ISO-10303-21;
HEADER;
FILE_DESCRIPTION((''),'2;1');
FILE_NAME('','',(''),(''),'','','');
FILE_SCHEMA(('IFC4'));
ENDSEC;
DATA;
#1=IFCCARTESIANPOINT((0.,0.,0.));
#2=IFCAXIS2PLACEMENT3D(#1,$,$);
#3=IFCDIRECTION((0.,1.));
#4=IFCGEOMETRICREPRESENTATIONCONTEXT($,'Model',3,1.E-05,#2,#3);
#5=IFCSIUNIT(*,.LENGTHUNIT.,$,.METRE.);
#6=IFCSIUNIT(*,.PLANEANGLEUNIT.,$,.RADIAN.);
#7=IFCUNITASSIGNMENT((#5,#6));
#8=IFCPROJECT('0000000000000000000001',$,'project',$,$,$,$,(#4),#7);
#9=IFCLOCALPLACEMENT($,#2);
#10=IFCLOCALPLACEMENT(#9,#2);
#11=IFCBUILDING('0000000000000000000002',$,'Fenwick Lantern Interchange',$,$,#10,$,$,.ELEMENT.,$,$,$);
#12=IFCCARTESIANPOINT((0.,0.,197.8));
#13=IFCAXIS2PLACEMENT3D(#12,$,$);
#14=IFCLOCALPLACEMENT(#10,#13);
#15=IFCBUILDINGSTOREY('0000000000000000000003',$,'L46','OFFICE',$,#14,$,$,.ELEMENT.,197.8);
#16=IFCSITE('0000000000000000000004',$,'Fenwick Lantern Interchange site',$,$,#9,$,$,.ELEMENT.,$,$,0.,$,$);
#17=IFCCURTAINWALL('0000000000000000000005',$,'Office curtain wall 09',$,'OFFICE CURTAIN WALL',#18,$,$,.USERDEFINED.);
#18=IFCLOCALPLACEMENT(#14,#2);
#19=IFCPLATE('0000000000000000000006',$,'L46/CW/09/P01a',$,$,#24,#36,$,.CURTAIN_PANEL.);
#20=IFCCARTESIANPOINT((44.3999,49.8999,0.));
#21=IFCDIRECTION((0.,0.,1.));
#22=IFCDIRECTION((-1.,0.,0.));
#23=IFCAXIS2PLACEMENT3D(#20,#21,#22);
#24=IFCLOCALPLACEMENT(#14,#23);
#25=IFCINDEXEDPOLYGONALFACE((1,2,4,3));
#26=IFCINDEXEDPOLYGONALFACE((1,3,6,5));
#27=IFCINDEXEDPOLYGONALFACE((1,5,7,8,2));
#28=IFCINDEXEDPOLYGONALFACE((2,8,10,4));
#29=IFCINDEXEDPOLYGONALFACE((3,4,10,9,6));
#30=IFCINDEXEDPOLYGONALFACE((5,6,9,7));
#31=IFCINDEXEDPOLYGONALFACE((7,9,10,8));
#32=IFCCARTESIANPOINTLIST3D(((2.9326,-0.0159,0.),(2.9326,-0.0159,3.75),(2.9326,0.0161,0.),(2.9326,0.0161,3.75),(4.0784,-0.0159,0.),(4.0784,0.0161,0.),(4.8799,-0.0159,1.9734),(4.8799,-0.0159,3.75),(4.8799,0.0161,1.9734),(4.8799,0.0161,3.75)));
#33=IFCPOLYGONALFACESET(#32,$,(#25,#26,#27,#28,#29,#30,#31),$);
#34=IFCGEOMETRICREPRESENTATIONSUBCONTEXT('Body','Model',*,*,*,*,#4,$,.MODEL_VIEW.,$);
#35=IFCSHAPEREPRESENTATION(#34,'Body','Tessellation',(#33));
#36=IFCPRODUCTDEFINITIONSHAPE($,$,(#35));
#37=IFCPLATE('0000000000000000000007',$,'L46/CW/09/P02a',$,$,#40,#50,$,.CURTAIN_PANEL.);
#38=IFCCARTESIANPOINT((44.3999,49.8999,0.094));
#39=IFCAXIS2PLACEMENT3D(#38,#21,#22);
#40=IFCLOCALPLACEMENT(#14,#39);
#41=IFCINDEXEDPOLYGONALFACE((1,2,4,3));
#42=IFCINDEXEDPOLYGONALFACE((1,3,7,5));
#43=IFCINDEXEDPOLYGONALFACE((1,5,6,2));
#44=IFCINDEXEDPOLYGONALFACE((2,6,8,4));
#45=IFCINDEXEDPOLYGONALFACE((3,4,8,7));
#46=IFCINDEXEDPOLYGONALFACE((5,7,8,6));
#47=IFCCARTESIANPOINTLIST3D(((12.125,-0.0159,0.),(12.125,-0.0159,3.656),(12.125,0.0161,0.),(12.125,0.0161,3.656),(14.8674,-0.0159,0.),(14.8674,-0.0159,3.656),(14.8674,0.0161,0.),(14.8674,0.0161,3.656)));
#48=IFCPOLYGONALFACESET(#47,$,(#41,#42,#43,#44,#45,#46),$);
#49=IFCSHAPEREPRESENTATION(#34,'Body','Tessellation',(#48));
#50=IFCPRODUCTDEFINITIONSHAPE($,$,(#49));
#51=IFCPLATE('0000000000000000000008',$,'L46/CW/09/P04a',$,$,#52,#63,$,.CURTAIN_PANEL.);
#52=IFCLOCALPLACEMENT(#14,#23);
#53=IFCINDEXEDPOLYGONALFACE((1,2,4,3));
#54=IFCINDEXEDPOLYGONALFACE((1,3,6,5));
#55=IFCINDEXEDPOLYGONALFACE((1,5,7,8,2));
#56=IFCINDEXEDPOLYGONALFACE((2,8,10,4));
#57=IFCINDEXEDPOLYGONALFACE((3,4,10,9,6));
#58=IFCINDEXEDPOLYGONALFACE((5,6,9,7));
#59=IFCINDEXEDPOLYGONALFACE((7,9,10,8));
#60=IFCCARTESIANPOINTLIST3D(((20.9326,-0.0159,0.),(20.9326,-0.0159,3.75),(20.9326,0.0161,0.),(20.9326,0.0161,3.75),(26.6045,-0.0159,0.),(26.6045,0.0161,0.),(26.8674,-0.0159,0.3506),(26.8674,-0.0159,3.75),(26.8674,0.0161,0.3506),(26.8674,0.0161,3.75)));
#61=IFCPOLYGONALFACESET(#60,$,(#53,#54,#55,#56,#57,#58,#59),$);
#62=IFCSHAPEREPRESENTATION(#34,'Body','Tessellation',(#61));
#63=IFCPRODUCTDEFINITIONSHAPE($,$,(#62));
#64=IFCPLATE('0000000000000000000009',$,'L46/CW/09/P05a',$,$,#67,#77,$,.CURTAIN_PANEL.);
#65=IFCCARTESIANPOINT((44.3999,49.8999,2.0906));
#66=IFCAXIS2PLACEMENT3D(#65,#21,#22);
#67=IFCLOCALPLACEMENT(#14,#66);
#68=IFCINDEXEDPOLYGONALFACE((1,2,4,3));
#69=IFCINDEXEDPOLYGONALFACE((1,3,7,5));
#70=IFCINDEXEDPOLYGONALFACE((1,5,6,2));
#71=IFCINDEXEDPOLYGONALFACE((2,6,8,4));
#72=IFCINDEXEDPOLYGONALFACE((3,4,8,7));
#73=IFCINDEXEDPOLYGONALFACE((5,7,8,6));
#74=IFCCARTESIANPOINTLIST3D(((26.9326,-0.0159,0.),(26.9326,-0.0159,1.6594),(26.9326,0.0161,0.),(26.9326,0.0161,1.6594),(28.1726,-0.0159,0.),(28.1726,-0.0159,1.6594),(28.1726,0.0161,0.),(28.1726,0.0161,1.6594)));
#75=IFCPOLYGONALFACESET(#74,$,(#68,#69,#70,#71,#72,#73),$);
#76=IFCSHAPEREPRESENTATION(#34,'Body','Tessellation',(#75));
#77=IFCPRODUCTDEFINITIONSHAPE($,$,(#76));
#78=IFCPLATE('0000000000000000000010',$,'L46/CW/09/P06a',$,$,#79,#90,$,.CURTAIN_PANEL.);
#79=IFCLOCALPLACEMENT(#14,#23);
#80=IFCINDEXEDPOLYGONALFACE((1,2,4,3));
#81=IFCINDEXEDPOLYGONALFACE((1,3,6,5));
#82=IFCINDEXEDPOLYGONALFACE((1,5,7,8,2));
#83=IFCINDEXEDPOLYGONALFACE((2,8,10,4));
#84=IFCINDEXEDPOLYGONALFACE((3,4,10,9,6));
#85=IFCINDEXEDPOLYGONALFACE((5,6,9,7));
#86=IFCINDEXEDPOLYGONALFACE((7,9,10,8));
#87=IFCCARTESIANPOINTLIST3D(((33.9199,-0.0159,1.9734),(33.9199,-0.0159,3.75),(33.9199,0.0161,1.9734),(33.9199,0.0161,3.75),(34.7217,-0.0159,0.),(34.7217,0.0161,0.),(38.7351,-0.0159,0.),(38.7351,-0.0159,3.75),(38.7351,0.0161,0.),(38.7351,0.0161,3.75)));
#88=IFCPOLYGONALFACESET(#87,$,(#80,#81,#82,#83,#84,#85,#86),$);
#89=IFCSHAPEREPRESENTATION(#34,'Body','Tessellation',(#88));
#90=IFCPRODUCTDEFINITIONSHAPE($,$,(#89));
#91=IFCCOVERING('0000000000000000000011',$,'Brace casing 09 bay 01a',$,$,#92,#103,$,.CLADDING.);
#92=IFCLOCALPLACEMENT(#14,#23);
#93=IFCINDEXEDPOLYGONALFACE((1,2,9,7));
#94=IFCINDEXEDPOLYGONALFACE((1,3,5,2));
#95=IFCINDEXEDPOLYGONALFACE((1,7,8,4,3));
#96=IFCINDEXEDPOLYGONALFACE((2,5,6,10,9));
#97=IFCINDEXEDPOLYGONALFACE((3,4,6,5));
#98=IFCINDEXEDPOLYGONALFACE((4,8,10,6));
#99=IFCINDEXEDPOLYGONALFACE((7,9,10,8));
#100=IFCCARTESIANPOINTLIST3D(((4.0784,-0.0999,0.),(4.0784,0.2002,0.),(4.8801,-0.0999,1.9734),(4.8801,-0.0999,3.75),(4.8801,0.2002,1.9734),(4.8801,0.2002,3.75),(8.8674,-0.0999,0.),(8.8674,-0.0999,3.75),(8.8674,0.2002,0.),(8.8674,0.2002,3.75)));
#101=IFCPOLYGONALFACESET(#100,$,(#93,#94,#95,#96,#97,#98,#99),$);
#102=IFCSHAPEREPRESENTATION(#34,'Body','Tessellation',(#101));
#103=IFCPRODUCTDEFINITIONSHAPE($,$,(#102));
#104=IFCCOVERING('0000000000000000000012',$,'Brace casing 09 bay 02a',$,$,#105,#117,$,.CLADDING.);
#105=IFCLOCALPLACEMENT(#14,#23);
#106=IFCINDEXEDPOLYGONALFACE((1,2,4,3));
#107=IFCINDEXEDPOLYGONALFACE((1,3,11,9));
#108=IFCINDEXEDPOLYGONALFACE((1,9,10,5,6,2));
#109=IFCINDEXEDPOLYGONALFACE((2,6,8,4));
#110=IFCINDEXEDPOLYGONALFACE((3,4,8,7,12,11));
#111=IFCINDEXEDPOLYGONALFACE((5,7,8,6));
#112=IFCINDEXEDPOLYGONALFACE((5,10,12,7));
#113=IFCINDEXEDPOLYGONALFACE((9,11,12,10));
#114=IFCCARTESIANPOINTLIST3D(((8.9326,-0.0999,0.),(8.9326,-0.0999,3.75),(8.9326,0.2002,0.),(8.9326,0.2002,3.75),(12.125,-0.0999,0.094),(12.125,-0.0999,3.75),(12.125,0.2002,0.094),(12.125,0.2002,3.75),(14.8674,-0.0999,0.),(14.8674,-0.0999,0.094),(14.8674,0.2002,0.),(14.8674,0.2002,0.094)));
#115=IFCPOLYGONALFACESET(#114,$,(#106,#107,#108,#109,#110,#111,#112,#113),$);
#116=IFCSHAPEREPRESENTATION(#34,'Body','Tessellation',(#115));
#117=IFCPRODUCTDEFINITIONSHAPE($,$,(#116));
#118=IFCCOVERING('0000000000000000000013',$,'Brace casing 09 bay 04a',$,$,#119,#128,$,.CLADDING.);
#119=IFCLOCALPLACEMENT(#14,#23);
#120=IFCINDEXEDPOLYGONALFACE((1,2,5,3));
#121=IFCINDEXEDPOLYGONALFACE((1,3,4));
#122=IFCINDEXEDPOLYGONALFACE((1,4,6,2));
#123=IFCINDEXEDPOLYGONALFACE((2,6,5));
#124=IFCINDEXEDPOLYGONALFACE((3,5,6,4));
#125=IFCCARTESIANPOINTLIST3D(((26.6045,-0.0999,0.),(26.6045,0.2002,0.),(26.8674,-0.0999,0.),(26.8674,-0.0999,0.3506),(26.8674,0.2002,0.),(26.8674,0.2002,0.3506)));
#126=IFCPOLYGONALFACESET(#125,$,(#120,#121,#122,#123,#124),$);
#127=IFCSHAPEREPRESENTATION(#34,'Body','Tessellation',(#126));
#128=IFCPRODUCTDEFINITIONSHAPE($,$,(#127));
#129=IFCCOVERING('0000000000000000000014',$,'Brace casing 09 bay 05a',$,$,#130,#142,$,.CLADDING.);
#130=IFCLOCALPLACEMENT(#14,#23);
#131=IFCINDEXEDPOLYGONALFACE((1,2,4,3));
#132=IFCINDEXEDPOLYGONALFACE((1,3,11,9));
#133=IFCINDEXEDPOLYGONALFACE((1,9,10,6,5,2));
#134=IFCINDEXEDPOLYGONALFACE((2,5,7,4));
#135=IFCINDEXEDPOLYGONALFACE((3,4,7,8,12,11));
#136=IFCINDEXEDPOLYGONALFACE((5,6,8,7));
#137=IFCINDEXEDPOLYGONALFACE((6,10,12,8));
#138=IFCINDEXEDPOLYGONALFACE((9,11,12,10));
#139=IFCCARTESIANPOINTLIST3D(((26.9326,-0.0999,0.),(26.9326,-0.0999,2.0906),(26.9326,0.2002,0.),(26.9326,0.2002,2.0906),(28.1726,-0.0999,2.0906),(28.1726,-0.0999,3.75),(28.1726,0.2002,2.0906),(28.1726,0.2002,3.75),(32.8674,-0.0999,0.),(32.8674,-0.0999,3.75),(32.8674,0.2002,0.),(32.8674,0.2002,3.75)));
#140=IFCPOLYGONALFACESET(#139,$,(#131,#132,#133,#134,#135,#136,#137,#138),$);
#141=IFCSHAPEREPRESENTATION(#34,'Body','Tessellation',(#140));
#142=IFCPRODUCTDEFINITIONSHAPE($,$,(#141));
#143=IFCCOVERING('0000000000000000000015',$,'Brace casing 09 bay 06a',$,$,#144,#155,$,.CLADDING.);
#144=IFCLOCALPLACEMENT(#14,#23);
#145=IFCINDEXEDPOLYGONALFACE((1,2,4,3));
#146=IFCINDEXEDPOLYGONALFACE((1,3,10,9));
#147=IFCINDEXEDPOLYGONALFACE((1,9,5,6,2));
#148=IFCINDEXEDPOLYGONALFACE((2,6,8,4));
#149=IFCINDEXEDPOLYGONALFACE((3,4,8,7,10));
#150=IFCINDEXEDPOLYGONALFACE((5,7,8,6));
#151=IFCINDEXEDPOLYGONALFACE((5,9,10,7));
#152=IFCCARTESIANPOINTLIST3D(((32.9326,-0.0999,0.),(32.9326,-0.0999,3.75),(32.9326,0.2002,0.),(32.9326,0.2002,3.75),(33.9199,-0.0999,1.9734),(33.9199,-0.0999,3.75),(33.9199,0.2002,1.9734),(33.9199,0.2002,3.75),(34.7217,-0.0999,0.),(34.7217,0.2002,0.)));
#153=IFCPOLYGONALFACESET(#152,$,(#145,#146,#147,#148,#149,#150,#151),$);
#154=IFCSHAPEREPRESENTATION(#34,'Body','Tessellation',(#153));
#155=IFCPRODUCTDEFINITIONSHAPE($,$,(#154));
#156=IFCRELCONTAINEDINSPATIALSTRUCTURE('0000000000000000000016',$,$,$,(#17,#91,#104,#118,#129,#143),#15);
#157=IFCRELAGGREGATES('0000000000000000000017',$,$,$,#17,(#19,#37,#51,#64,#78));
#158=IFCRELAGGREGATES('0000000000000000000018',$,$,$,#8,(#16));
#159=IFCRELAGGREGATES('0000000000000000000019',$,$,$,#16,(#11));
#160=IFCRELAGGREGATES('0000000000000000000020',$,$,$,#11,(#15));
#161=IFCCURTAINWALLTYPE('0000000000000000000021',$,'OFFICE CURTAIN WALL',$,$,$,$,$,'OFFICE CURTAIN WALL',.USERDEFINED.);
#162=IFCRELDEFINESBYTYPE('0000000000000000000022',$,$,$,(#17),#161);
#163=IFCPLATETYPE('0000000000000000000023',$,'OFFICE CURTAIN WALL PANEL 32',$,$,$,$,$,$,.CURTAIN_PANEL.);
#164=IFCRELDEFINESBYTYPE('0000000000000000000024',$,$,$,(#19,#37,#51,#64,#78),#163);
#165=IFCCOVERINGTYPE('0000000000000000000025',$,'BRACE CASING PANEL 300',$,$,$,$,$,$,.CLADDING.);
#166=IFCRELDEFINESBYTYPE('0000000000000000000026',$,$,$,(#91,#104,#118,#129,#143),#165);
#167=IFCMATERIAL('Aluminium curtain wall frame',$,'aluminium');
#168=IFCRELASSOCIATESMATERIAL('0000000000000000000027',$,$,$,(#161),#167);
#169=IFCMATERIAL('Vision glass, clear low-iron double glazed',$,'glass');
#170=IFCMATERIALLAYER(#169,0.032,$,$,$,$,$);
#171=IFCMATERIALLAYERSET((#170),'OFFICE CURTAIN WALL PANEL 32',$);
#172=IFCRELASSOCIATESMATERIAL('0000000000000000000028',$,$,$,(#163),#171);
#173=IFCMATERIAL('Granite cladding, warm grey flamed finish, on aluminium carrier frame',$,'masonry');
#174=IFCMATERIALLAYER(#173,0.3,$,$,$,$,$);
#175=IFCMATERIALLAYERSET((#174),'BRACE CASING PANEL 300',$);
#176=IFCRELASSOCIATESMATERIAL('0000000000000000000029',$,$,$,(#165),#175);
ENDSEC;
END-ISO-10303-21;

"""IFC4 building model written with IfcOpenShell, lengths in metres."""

from ifc_helpers import new_model, si_unit, direction, frame, origin, place, context, subcontext, project, spatial, polyline, outline, extrude, material, layer, layer_set, type_object, element, aggregate, save


model = new_model("IFC4")

# Units and contexts
model_context = context("Model", 3, precision=1e-05, world=origin(), true_north=direction((0.0, 1.0)))
body_context = subcontext(model_context, "Body", "Model", "MODEL_VIEW")
ifc_project = project(units=[si_unit("LENGTHUNIT", "METRE"), si_unit("PLANEANGLEUNIT", "RADIAN")], contexts=[model_context])

# Site, building, storey
site_placement = place(None, origin())
site = spatial("IfcSite", under=ifc_project, at=site_placement, Name="Fenwick Lantern Interchange site", CompositionType="ELEMENT", RefElevation=0.0)
building_placement = place(site_placement, origin())
building = spatial("IfcBuilding", under=site, at=building_placement, Name="Fenwick Lantern Interchange", CompositionType="ELEMENT")
storey_placement = place(building_placement, frame((0.0, 0.0, 197.8)))
storey = spatial("IfcBuildingStorey", under=building, at=storey_placement, Name="L46", Description="OFFICE", CompositionType="ELEMENT", Elevation=197.8)

# Shared definitions
ifc_material_1 = material(Name="Aluminium curtain wall frame", Category="aluminium")
curtain_wall_type = type_object("IfcCurtainWallType", Name="OFFICE CURTAIN WALL", ElementType="OFFICE CURTAIN WALL", PredefinedType="USERDEFINED", material=ifc_material_1)

# Curtain wall
curtain_wall_1_placement = place(storey_placement, origin())
curtain_wall_1 = element("IfcCurtainWall", 1, at=curtain_wall_1_placement, inside=storey, type_object=curtain_wall_type, Name="Office curtain wall 09", ObjectType="OFFICE CURTAIN WALL", PredefinedType="USERDEFINED")

# Plates
ifc_material_2 = material(Name="Vision glass, clear low-iron double glazed", Category="glass")
ifc_layer_1 = layer(ifc_material_2, 0.032)
ifc_layer_set_1 = layer_set([ifc_layer_1], Name="OFFICE CURTAIN WALL PANEL 32")
plate_type = type_object("IfcPlateType", Name="OFFICE CURTAIN WALL PANEL 32", PredefinedType="CURTAIN_PANEL", material=ifc_layer_set_1)
plate_1_placement = place(storey_placement, frame((44.3999, 49.8999, 0.0), z_axis=(0.0, 0.0, 1.0), x_axis=(-1.0, 0.0, 0.0)))
plate_1 = element("IfcPlate", 2, at=plate_1_placement, type_object=plate_type, Name="L46/CW/09/P01a", PredefinedType="CURTAIN_PANEL", context=body_context, shape_type="SweptSolid", body=[
    extrude(outline(polyline([(2.9326, 0.0), (4.0784, 0.0), (4.8799, 1.9734), (4.8799, 3.75), (2.9326, 3.75), (2.9326, 0.0)])), frame((0.0, 0.0161, 0.0), z_axis=(0.0, -1.0, 0.0), x_axis=(1.0, 0.0, 0.0)), (0.0, 0.0, 1.0), 0.032),
])
plate_2_placement = place(storey_placement, frame((44.3999, 49.8999, 0.094), z_axis=(0.0, 0.0, 1.0), x_axis=(-1.0, 0.0, 0.0)))
plate_2 = element("IfcPlate", 3, at=plate_2_placement, type_object=plate_type, Name="L46/CW/09/P02a", PredefinedType="CURTAIN_PANEL", context=body_context, shape_type="SweptSolid", body=[
    extrude(outline(polyline([(12.125, 0.0), (14.8674, 0.0), (14.8674, 3.656), (12.125, 3.656), (12.125, 0.0)])), frame((0.0, 0.0161, 0.0), z_axis=(0.0, -1.0, 0.0), x_axis=(1.0, 0.0, 0.0)), (0.0, 0.0, 1.0), 0.032),
])
plate_3_placement = place(storey_placement, frame((44.3999, 49.8999, 0.0), z_axis=(0.0, 0.0, 1.0), x_axis=(-1.0, 0.0, 0.0)))
plate_3 = element("IfcPlate", 4, at=plate_3_placement, type_object=plate_type, Name="L46/CW/09/P04a", PredefinedType="CURTAIN_PANEL", context=body_context, shape_type="SweptSolid", body=[
    extrude(outline(polyline([(20.9326, 0.0), (26.6045, 0.0), (26.8674, 0.3506), (26.8674, 3.75), (20.9326, 3.75), (20.9326, 0.0)])), frame((0.0, 0.0161, 0.0), z_axis=(0.0, -1.0, 0.0), x_axis=(1.0, 0.0, 0.0)), (0.0, 0.0, 1.0), 0.032),
])
plate_4_placement = place(storey_placement, frame((44.3999, 49.8999, 2.0906), z_axis=(0.0, 0.0, 1.0), x_axis=(-1.0, 0.0, 0.0)))
plate_4 = element("IfcPlate", 5, at=plate_4_placement, type_object=plate_type, Name="L46/CW/09/P05a", PredefinedType="CURTAIN_PANEL", context=body_context, shape_type="SweptSolid", body=[
    extrude(outline(polyline([(26.9326, 0.0), (28.1726, 0.0), (28.1726, 1.6594), (26.9326, 1.6594), (26.9326, 0.0)])), frame((0.0, 0.0161, 0.0), z_axis=(0.0, -1.0, 0.0), x_axis=(1.0, 0.0, 0.0)), (0.0, 0.0, 1.0), 0.032),
])
plate_5_placement = place(storey_placement, frame((44.3999, 49.8999, 0.0), z_axis=(0.0, 0.0, 1.0), x_axis=(-1.0, 0.0, 0.0)))
plate_5 = element("IfcPlate", 6, at=plate_5_placement, type_object=plate_type, Name="L46/CW/09/P06a", PredefinedType="CURTAIN_PANEL", context=body_context, shape_type="SweptSolid", body=[
    extrude(outline(polyline([(34.7217, 0.0), (38.7351, 0.0), (38.7351, 3.75), (33.9199, 3.75), (33.9199, 1.9734), (34.7217, 0.0)])), frame((0.0, 0.0161, 0.0), z_axis=(0.0, -1.0, 0.0), x_axis=(1.0, 0.0, 0.0)), (0.0, 0.0, 1.0), 0.032),
])
aggregate(curtain_wall_1, [plate_1, plate_2, plate_3, plate_4, plate_5])

# Coverings
ifc_material_3 = material(Name="Granite cladding, warm grey flamed finish, on aluminium carrier frame", Category="masonry")
ifc_layer_2 = layer(ifc_material_3, 0.3)
ifc_layer_set_2 = layer_set([ifc_layer_2], Name="BRACE CASING PANEL 300")
covering_type = type_object("IfcCoveringType", Name="BRACE CASING PANEL 300", PredefinedType="CLADDING", material=ifc_layer_set_2)
covering_1_placement = place(storey_placement, frame((44.3999, 49.8999, 0.0), z_axis=(0.0, 0.0, 1.0), x_axis=(-1.0, 0.0, 0.0)))
element("IfcCovering", 7, at=covering_1_placement, inside=storey, type_object=covering_type, Name="Brace casing 09 bay 01a", PredefinedType="CLADDING", context=body_context, shape_type="SweptSolid", body=[
    extrude(outline(polyline([(4.0784, 0.0), (8.8674, 0.0), (8.8674, 3.75), (4.8801, 3.75), (4.8801, 1.9734), (4.0784, 0.0)])), frame((0.0, 0.2002, 0.0), z_axis=(0.0, -1.0, 0.0), x_axis=(1.0, 0.0, 0.0)), (0.0, 0.0, 1.0), 0.3),
])
covering_2_placement = place(storey_placement, frame((44.3999, 49.8999, 0.0), z_axis=(0.0, 0.0, 1.0), x_axis=(-1.0, 0.0, 0.0)))
element("IfcCovering", 8, at=covering_2_placement, inside=storey, type_object=covering_type, Name="Brace casing 09 bay 02a", PredefinedType="CLADDING", context=body_context, shape_type="SweptSolid", body=[
    extrude(outline(polyline([(8.9326, 0.0), (14.8674, 0.0), (14.8674, 0.094), (12.125, 0.094), (12.125, 3.75), (8.9326, 3.75), (8.9326, 0.0)])), frame((0.0, 0.2002, 0.0), z_axis=(0.0, -1.0, 0.0), x_axis=(1.0, 0.0, 0.0)), (0.0, 0.0, 1.0), 0.3),
])
covering_3_placement = place(storey_placement, frame((44.3999, 49.8999, 0.0), z_axis=(0.0, 0.0, 1.0), x_axis=(-1.0, 0.0, 0.0)))
element("IfcCovering", 9, at=covering_3_placement, inside=storey, type_object=covering_type, Name="Brace casing 09 bay 04a", PredefinedType="CLADDING", context=body_context, shape_type="SweptSolid", body=[
    extrude(outline(polyline([(26.6045, 0.0), (26.8674, 0.0), (26.8674, 0.3506), (26.6045, 0.0)])), frame((0.0, 0.2002, 0.0), z_axis=(0.0, -1.0, 0.0), x_axis=(1.0, 0.0, 0.0)), (0.0, 0.0, 1.0), 0.3),
])
covering_4_placement = place(storey_placement, frame((44.3999, 49.8999, 0.0), z_axis=(0.0, 0.0, 1.0), x_axis=(-1.0, 0.0, 0.0)))
element("IfcCovering", 10, at=covering_4_placement, inside=storey, type_object=covering_type, Name="Brace casing 09 bay 05a", PredefinedType="CLADDING", context=body_context, shape_type="SweptSolid", body=[
    extrude(outline(polyline([(26.9326, 0.0), (32.8674, 0.0), (32.8674, 3.75), (28.1726, 3.75), (28.1726, 2.0906), (26.9326, 2.0906), (26.9326, 0.0)])), frame((0.0, 0.2002, 0.0), z_axis=(0.0, -1.0, 0.0), x_axis=(1.0, 0.0, 0.0)), (0.0, 0.0, 1.0), 0.3),
])
covering_5_placement = place(storey_placement, frame((44.3999, 49.8999, 0.0), z_axis=(0.0, 0.0, 1.0), x_axis=(-1.0, 0.0, 0.0)))
element("IfcCovering", 11, at=covering_5_placement, inside=storey, type_object=covering_type, Name="Brace casing 09 bay 06a", PredefinedType="CLADDING", context=body_context, shape_type="SweptSolid", body=[
    extrude(outline(polyline([(32.9326, 0.0), (34.7217, 0.0), (33.9199, 1.9734), (33.9199, 3.75), (32.9326, 3.75), (32.9326, 0.0)])), frame((0.0, 0.2002, 0.0), z_axis=(0.0, -1.0, 0.0), x_axis=(1.0, 0.0, 0.0)), (0.0, 0.0, 1.0), 0.3),
])

save(model, "model.ifc")
